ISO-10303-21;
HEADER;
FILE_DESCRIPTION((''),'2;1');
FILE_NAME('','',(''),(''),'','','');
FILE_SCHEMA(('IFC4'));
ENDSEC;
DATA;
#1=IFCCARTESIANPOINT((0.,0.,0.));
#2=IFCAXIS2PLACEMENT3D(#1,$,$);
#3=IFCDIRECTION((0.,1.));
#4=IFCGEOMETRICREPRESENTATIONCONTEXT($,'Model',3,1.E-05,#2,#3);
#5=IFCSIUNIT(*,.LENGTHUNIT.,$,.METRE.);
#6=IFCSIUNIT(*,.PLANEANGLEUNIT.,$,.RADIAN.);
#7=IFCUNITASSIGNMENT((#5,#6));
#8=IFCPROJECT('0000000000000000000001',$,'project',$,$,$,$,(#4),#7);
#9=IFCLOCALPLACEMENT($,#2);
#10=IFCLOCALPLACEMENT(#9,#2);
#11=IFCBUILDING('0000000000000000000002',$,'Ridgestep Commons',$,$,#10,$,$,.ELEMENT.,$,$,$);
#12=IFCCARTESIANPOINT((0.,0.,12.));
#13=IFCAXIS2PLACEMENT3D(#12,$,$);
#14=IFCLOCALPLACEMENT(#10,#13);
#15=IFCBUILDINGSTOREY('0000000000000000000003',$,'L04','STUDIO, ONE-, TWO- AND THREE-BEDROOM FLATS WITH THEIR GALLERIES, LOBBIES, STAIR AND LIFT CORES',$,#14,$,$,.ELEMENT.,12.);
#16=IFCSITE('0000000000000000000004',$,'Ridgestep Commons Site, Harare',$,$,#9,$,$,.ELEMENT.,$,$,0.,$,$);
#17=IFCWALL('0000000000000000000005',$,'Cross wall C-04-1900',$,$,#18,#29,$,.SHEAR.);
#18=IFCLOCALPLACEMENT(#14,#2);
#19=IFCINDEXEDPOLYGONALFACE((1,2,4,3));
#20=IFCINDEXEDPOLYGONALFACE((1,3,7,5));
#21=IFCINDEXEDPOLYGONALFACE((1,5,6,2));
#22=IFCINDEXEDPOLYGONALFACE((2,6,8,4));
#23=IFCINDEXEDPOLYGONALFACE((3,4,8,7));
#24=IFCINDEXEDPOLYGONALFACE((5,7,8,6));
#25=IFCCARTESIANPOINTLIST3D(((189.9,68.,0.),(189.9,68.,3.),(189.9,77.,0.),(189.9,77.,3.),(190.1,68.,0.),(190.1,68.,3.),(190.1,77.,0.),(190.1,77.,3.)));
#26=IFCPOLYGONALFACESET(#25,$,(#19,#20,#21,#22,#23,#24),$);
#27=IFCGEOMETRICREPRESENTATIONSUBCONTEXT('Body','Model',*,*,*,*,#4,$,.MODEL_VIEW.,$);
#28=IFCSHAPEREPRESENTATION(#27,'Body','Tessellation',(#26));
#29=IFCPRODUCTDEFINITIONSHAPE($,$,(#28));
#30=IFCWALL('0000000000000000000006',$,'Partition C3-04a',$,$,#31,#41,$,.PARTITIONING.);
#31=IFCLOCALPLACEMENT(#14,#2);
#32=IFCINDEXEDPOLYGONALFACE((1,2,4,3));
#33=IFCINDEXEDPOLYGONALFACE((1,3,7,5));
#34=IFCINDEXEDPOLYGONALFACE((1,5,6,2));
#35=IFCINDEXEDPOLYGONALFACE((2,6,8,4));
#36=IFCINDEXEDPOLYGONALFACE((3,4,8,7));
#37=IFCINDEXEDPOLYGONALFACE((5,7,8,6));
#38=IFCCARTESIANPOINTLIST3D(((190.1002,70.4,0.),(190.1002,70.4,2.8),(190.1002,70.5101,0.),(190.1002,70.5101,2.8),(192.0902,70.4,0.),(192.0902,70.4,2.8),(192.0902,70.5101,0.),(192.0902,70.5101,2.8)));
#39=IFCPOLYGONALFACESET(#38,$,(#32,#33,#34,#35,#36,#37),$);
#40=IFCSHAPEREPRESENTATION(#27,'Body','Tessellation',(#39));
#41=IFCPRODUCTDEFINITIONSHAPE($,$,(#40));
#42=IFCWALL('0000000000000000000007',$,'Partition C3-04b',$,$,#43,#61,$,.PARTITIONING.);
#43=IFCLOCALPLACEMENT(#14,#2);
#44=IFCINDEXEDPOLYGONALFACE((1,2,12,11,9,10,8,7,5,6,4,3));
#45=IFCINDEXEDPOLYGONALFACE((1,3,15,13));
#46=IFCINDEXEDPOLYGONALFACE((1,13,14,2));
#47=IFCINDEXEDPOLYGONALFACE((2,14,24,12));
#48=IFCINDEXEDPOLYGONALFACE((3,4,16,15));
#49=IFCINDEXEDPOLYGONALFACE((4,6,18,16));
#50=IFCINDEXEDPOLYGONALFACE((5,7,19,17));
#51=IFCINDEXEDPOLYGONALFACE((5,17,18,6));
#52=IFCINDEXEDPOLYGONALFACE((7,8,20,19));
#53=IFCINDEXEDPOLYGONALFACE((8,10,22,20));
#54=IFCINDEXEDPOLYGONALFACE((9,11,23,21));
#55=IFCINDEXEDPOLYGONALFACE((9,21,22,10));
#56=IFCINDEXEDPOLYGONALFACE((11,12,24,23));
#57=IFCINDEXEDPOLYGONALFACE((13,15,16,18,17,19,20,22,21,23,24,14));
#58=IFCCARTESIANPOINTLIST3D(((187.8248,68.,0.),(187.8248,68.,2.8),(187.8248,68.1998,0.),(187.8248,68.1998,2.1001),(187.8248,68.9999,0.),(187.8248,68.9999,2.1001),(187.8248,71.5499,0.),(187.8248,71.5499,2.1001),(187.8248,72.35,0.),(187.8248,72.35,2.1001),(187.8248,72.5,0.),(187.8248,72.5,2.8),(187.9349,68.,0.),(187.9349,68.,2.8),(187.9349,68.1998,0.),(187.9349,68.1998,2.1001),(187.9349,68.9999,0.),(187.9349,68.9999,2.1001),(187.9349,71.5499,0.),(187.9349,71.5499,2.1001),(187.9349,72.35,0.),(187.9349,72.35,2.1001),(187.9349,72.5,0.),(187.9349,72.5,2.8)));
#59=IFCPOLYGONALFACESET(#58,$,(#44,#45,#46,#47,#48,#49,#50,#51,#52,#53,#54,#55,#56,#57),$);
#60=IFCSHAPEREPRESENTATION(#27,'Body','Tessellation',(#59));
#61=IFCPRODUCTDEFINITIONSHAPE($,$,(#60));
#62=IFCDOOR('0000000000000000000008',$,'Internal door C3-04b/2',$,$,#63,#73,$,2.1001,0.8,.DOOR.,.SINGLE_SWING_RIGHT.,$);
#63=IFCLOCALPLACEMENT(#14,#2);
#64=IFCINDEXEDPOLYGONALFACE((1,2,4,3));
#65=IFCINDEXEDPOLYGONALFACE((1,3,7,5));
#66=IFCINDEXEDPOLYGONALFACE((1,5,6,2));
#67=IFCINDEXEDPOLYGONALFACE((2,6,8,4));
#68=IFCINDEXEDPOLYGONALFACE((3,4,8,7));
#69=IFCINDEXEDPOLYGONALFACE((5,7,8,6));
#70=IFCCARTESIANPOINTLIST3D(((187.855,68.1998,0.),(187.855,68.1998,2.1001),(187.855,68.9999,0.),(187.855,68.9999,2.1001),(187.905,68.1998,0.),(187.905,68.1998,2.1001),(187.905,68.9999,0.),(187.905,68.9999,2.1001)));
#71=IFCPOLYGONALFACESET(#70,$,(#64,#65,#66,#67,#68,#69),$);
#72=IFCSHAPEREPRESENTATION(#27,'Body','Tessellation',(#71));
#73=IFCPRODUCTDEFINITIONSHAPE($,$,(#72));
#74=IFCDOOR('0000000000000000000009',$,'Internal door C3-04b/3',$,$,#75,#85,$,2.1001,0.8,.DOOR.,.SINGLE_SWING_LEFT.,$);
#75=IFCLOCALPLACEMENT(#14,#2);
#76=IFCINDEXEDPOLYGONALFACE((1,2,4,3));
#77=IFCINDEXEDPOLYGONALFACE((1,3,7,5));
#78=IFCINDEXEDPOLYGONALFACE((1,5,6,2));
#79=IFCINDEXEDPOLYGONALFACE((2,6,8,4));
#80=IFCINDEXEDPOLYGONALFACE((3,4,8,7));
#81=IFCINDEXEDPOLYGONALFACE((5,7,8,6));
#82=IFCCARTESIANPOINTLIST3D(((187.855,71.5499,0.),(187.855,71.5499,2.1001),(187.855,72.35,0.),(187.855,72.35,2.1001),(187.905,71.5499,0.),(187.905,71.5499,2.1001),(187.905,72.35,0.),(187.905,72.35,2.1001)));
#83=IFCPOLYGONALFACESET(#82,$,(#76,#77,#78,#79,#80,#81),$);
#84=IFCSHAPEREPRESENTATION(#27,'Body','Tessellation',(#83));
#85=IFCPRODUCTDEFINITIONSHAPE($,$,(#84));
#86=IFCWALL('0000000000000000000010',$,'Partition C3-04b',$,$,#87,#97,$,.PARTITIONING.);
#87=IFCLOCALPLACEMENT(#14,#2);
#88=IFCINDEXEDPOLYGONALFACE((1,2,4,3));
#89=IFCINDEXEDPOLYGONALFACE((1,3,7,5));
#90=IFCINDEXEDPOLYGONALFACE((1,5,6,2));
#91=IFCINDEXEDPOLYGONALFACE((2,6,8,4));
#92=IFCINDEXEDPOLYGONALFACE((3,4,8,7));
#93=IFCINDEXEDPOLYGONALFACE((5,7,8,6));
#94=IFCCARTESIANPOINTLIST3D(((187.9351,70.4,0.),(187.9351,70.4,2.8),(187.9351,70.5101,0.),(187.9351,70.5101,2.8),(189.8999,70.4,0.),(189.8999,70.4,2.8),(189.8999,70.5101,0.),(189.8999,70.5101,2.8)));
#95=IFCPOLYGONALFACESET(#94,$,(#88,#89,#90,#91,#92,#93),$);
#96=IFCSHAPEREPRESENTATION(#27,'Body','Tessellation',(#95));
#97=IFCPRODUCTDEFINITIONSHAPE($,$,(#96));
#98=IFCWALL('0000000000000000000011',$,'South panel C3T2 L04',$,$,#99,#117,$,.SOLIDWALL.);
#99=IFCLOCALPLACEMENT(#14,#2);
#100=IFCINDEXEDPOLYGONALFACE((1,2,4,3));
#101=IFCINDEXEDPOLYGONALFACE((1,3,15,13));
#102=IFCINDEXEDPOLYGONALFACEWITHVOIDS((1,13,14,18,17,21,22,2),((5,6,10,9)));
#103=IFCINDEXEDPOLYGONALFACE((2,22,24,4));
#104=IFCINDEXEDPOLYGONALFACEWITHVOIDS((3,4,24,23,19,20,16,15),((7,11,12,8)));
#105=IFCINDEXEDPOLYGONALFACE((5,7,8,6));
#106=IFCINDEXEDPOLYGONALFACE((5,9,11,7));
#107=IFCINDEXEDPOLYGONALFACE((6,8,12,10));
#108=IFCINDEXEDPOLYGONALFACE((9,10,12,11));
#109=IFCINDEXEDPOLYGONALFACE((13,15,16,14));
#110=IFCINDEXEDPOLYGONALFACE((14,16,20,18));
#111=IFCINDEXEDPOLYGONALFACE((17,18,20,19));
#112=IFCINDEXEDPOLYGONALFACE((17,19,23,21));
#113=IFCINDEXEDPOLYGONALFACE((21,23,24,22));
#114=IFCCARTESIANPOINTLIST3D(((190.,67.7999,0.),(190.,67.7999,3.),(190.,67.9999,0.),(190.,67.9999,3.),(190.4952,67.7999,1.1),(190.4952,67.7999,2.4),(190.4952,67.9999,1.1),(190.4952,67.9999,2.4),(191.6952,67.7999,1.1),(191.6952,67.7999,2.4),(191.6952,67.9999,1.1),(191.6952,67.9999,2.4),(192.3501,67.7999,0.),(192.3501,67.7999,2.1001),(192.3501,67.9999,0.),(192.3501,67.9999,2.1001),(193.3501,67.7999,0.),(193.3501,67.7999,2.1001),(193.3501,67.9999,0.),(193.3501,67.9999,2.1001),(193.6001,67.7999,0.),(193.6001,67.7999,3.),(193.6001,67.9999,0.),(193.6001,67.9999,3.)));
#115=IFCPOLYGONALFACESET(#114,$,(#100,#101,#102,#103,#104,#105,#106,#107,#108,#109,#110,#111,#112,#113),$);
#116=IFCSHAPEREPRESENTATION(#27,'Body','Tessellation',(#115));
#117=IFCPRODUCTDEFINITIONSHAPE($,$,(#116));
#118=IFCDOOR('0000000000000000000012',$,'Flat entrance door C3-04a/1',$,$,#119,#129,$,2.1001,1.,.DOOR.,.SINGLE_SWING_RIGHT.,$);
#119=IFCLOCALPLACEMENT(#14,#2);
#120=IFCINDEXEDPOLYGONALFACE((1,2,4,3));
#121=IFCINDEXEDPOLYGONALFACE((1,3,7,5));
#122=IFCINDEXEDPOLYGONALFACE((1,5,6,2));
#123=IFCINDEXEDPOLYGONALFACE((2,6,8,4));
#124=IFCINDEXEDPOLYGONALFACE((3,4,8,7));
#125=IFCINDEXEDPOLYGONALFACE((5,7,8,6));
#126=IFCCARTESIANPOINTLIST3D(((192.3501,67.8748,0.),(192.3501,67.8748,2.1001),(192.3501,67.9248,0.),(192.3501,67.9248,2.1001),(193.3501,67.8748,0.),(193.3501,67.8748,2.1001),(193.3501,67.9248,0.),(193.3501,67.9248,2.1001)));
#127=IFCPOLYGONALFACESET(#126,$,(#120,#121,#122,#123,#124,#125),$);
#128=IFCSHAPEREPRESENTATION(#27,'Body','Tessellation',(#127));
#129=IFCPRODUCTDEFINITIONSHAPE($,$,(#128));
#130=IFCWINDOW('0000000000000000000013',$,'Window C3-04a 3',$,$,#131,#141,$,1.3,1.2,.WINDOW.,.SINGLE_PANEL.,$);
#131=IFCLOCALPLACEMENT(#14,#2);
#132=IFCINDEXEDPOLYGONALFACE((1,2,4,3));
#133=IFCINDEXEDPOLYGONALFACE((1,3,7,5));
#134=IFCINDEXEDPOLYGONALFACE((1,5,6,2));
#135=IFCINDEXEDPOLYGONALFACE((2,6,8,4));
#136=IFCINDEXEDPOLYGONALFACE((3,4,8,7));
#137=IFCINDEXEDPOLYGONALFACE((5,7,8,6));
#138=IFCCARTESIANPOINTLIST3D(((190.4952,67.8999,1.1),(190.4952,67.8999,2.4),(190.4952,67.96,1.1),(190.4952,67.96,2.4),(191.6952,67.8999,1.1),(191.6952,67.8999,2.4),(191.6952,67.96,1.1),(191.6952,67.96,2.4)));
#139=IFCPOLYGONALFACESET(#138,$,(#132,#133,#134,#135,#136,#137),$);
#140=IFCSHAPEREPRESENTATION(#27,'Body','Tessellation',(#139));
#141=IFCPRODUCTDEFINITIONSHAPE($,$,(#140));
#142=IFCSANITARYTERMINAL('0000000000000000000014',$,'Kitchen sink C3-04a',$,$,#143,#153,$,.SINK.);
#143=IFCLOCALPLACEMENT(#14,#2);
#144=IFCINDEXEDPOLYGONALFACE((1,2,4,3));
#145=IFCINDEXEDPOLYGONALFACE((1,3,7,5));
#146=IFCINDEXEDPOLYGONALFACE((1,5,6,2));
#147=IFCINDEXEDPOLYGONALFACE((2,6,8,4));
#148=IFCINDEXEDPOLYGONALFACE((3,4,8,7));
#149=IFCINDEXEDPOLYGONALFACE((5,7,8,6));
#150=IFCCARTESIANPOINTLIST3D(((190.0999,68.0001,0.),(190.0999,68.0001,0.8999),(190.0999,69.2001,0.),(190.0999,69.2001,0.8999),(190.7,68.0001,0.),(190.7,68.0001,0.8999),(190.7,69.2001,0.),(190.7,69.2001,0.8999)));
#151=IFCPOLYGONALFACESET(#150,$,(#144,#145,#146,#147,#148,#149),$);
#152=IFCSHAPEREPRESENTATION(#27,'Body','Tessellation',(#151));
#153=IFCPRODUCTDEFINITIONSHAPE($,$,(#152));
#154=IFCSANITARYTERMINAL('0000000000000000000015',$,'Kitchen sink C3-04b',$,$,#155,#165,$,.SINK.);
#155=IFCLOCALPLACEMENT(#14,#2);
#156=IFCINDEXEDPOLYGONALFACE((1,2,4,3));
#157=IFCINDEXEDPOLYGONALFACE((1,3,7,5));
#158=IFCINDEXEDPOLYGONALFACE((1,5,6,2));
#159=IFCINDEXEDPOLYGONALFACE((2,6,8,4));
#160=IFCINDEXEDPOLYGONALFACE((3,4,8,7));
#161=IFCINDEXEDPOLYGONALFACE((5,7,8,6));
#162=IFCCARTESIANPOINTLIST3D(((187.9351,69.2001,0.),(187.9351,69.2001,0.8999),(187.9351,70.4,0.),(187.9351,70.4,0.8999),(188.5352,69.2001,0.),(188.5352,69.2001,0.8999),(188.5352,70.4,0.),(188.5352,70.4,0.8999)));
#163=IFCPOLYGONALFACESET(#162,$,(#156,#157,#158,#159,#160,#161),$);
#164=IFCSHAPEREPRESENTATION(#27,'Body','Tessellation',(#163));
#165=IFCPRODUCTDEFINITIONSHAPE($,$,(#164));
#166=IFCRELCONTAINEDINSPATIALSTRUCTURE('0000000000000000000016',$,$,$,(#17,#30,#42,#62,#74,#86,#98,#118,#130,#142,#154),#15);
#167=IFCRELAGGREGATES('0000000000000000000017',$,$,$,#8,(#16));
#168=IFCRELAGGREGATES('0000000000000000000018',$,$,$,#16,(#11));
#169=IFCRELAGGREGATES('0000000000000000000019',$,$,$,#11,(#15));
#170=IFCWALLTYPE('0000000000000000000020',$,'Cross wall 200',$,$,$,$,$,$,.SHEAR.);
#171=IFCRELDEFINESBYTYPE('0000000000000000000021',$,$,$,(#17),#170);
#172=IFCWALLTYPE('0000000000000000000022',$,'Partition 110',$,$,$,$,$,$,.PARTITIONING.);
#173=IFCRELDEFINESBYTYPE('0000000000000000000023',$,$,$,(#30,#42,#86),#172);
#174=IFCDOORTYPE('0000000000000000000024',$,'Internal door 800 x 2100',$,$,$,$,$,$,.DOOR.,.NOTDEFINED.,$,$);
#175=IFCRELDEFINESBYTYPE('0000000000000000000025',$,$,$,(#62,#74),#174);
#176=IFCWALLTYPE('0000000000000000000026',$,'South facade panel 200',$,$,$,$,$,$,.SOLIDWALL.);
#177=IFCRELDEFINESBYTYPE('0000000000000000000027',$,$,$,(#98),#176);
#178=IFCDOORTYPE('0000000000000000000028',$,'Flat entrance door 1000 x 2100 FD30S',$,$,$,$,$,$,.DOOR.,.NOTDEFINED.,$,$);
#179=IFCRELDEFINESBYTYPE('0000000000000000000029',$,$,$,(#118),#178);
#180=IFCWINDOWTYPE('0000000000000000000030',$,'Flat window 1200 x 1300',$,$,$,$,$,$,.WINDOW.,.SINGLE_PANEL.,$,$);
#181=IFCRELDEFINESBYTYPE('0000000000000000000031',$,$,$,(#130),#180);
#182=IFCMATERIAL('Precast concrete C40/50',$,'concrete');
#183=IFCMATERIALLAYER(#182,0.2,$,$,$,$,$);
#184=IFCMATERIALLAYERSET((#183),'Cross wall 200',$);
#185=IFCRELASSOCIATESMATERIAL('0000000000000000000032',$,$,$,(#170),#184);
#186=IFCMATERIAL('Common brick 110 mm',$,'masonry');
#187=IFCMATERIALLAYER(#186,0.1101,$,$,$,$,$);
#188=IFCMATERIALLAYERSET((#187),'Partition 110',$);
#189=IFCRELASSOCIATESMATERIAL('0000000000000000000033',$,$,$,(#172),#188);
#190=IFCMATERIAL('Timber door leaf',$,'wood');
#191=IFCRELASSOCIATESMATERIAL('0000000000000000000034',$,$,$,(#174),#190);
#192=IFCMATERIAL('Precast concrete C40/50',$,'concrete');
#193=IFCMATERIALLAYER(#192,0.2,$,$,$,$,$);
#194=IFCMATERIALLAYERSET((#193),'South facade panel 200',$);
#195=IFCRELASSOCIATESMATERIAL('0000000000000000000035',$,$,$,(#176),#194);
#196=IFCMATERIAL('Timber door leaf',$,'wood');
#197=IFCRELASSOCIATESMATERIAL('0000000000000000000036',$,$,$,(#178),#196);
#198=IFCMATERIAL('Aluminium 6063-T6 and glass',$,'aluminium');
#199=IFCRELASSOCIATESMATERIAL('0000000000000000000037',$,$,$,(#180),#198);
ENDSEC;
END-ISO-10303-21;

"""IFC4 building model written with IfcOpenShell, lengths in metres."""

from ifc_helpers import new_model, si_unit, direction, frame, frame_2d, origin, origin_2d, place, context, subcontext, project, spatial, rectangle, extrude, material, layer, layer_set, type_object, element, fill, save


model = new_model("IFC4")

# Units and contexts
model_context = context("Model", 3, precision=1e-05, world=origin(), true_north=direction((0.0, 1.0)))
body_context = subcontext(model_context, "Body", "Model", "MODEL_VIEW")
ifc_project = project(units=[si_unit("LENGTHUNIT", "METRE"), si_unit("PLANEANGLEUNIT", "RADIAN")], contexts=[model_context])

# Site, building, storey
site_placement = place(None, origin())
site = spatial("IfcSite", under=ifc_project, at=site_placement, Name="Ridgestep Commons Site, Harare", CompositionType="ELEMENT", RefElevation=0.0)
building_placement = place(site_placement, origin())
building = spatial("IfcBuilding", under=site, at=building_placement, Name="Ridgestep Commons", CompositionType="ELEMENT")
storey_placement = place(building_placement, frame((0.0, 0.0, 12.0)))
storey = spatial("IfcBuildingStorey", under=building, at=storey_placement, Name="L04", Description="STUDIO, ONE-, TWO- AND THREE-BEDROOM FLATS WITH THEIR GALLERIES, LOBBIES, STAIR AND LIFT CORES", CompositionType="ELEMENT", Elevation=12.0)

# Walls
ifc_material_1 = material(Name="Precast concrete C40/50", Category="concrete")
ifc_layer_1 = layer(ifc_material_1, 0.2)
ifc_layer_set_1 = layer_set([ifc_layer_1], Name="Cross wall 200")
wall_type_1 = type_object("IfcWallType", Name="Cross wall 200", PredefinedType="SHEAR", material=ifc_layer_set_1)
wall_1_placement = place(storey_placement, frame((190.0, 68.0, 0.0), z_axis=(0.0, 0.0, 1.0), x_axis=(0.0, 1.0, 0.0)))
element("IfcWall", 1, at=wall_1_placement, inside=storey, type_object=wall_type_1, Name="Cross wall C-04-1900", PredefinedType="SHEAR", context=body_context, shape_type="SweptSolid", body=[
    extrude(rectangle(XDim=9.0, YDim=0.2, at=frame_2d((4.5, 0.0))), origin(), (0.0, 0.0, 1.0), 3.0),
])
ifc_material_2 = material(Name="Common brick 110 mm", Category="masonry")
ifc_layer_2 = layer(ifc_material_2, 0.1101)
ifc_layer_set_2 = layer_set([ifc_layer_2], Name="Partition 110")
wall_type_2 = type_object("IfcWallType", Name="Partition 110", PredefinedType="PARTITIONING", material=ifc_layer_set_2)
wall_2_placement = place(storey_placement, frame((190.1001, 70.4551, 0.0), z_axis=(0.0, 0.0, 1.0), x_axis=(1.0, 0.0, 0.0)))
element("IfcWall", 2, at=wall_2_placement, inside=storey, type_object=wall_type_2, Name="Partition C3-04a", PredefinedType="PARTITIONING", context=body_context, shape_type="SweptSolid", body=[
    extrude(rectangle(XDim=1.99, YDim=0.1101, at=frame_2d((0.9951, 0.0))), origin(), (0.0, 0.0, 1.0), 2.8),
])

# Wall, openings, doors
wall_3_placement = place(storey_placement, frame((187.8799, 68.0, 0.0), z_axis=(0.0, 0.0, 1.0), x_axis=(0.0, 1.0, 0.0)))
wall_3 = element("IfcWall", 3, at=wall_3_placement, inside=storey, type_object=wall_type_2, Name="Partition C3-04b", PredefinedType="PARTITIONING", context=body_context, shape_type="SweptSolid", body=[
    extrude(rectangle(XDim=4.5, YDim=0.1101, at=frame_2d((2.25, 0.0))), origin(), (0.0, 0.0, 1.0), 2.8),
])
opening_1_placement = place(wall_3_placement, frame((0.2, 0.0, 0.0)))
opening_1 = element("IfcOpeningElement", 4, at=opening_1_placement, cuts=wall_3, PredefinedType="OPENING", context=body_context, shape_type="SweptSolid", body=[
    extrude(rectangle(XDim=0.8, YDim=2.1001, at=frame_2d((0.3999, 1.05))), frame((0.0, 0.0649, 0.0), z_axis=(0.0, -1.0, 0.0), x_axis=(1.0, 0.0, 0.0)), (0.0, 0.0, 1.0), 0.1301),
])
opening_2_placement = place(wall_3_placement, frame((3.55, 0.0, 0.0)))
opening_2 = element("IfcOpeningElement", 5, at=opening_2_placement, cuts=wall_3, PredefinedType="OPENING", context=body_context, shape_type="SweptSolid", body=[
    extrude(rectangle(XDim=0.8, YDim=2.1001, at=frame_2d((0.3999, 1.05))), frame((0.0, 0.0649, 0.0), z_axis=(0.0, -1.0, 0.0), x_axis=(1.0, 0.0, 0.0)), (0.0, 0.0, 1.0), 0.1301),
])
ifc_material_3 = material(Name="Timber door leaf", Category="wood")
door_type_1 = type_object("IfcDoorType", Name="Internal door 800 x 2100", OperationType="NOTDEFINED", PredefinedType="DOOR", material=ifc_material_3)
door_1_placement = place(opening_1_placement, origin())
door_1 = element("IfcDoor", 6, at=door_1_placement, inside=storey, type_object=door_type_1, Name="Internal door C3-04b/2", OperationType="SINGLE_SWING_RIGHT", OverallHeight=2.1001, OverallWidth=0.8, PredefinedType="DOOR", context=body_context, shape_type="SweptSolid", body=[
    extrude(rectangle(XDim=0.8, YDim=2.1001, at=frame_2d((0.3999, 1.05))), frame((0.0, 0.0249, 0.0), z_axis=(0.0, -1.0, 0.0), x_axis=(1.0, 0.0, 0.0)), (0.0, 0.0, 1.0), 0.05),
])
fill(opening_1, door_1)
door_2_placement = place(opening_2_placement, origin())
door_2 = element("IfcDoor", 7, at=door_2_placement, inside=storey, type_object=door_type_1, Name="Internal door C3-04b/3", OperationType="SINGLE_SWING_LEFT", OverallHeight=2.1001, OverallWidth=0.8, PredefinedType="DOOR", context=body_context, shape_type="SweptSolid", body=[
    extrude(rectangle(XDim=0.8, YDim=2.1001, at=frame_2d((0.3999, 1.05))), frame((0.0, 0.0249, 0.0), z_axis=(0.0, -1.0, 0.0), x_axis=(1.0, 0.0, 0.0)), (0.0, 0.0, 1.0), 0.05),
])
fill(opening_2, door_2)

# Wall
wall_4_placement = place(storey_placement, frame((187.9351, 70.4551, 0.0), z_axis=(0.0, 0.0, 1.0), x_axis=(1.0, 0.0, 0.0)))
element("IfcWall", 8, at=wall_4_placement, inside=storey, type_object=wall_type_2, Name="Partition C3-04b", PredefinedType="PARTITIONING", context=body_context, shape_type="SweptSolid", body=[
    extrude(rectangle(XDim=1.9648, YDim=0.1101, at=frame_2d((0.9824, 0.0))), origin(), (0.0, 0.0, 1.0), 2.8),
])

# Wall, openings, door, window
ifc_material_4 = material(Name="Precast concrete C40/50", Category="concrete")
ifc_layer_3 = layer(ifc_material_4, 0.2)
ifc_layer_set_3 = layer_set([ifc_layer_3], Name="South facade panel 200")
wall_type_3 = type_object("IfcWallType", Name="South facade panel 200", PredefinedType="SOLIDWALL", material=ifc_layer_set_3)
wall_5_placement = place(storey_placement, frame((190.0, 67.8999, 0.0), z_axis=(0.0, 0.0, 1.0), x_axis=(1.0, 0.0, 0.0)))
wall_5 = element("IfcWall", 9, at=wall_5_placement, inside=storey, type_object=wall_type_3, Name="South panel C3T2 L04", PredefinedType="SOLIDWALL", context=body_context, shape_type="SweptSolid", body=[
    extrude(rectangle(XDim=3.6001, YDim=0.2, at=frame_2d((1.8, 0.0))), origin(), (0.0, 0.0, 1.0), 3.0),
])
opening_3_placement = place(wall_5_placement, frame((0.4951, 0.0, 1.1001)))
opening_3 = element("IfcOpeningElement", 10, at=opening_3_placement, cuts=wall_5, PredefinedType="OPENING", context=body_context, shape_type="SweptSolid", body=[
    extrude(rectangle(XDim=1.2, YDim=1.3, at=frame_2d((0.6001, 0.6499))), frame((0.0, 0.1099, 0.0), z_axis=(0.0, -1.0, 0.0), x_axis=(1.0, 0.0, 0.0)), (0.0, 0.0, 1.0), 0.22),
])
opening_4_placement = place(wall_5_placement, frame((2.3501, 0.0, 0.0)))
opening_4 = element("IfcOpeningElement", 11, at=opening_4_placement, cuts=wall_5, PredefinedType="OPENING", context=body_context, shape_type="SweptSolid", body=[
    extrude(rectangle(XDim=1.0, YDim=2.1001, at=frame_2d((0.5, 1.05))), frame((0.0, 0.1099, 0.0), z_axis=(0.0, -1.0, 0.0), x_axis=(1.0, 0.0, 0.0)), (0.0, 0.0, 1.0), 0.22),
])
ifc_material_5 = material(Name="Timber door leaf", Category="wood")
door_type_2 = type_object("IfcDoorType", Name="Flat entrance door 1000 x 2100 FD30S", OperationType="NOTDEFINED", PredefinedType="DOOR", material=ifc_material_5)
door_3_placement = place(opening_4_placement, origin())
door_3 = element("IfcDoor", 12, at=door_3_placement, inside=storey, type_object=door_type_2, Name="Flat entrance door C3-04a/1", OperationType="SINGLE_SWING_RIGHT", OverallHeight=2.1001, OverallWidth=1.0, PredefinedType="DOOR", context=body_context, shape_type="SweptSolid", body=[
    extrude(rectangle(XDim=1.0, YDim=2.1001, at=frame_2d((0.5, 1.05))), frame((0.0, 0.0249, 0.0), z_axis=(0.0, -1.0, 0.0), x_axis=(1.0, 0.0, 0.0)), (0.0, 0.0, 1.0), 0.05),
])
fill(opening_4, door_3)
ifc_material_6 = material(Name="Aluminium 6063-T6 and glass", Category="aluminium")
window_type = type_object("IfcWindowType", Name="Flat window 1200 x 1300", PartitioningType="SINGLE_PANEL", PredefinedType="WINDOW", material=ifc_material_6)
window_placement = place(opening_3_placement, origin())
window = element("IfcWindow", 13, at=window_placement, inside=storey, type_object=window_type, Name="Window C3-04a 3", OverallHeight=1.3, OverallWidth=1.2, PartitioningType="SINGLE_PANEL", PredefinedType="WINDOW", context=body_context, shape_type="SweptSolid", body=[
    extrude(rectangle(XDim=1.2, YDim=1.3, at=frame_2d((0.6001, 0.6499))), frame((0.0, 0.0601, 0.0), z_axis=(0.0, -1.0, 0.0), x_axis=(1.0, 0.0, 0.0)), (0.0, 0.0, 1.0), 0.0601),
])
fill(opening_3, window)

# Sanitary terminals
for number, where, z_axis, x_axis, name in (
    (14, (190.3999, 68.6001, 0.0), (0.0, 0.0, 1.0), (1.0, 0.0, 0.0), "Kitchen sink C3-04a"),
    (15, (188.2351, 69.8, 0.0), (0.0, 0.0, 1.0), (1.0, 0.0, 0.0), "Kitchen sink C3-04b"),
):
    element("IfcSanitaryTerminal", number, at=place(storey_placement, frame(where, z_axis=z_axis, x_axis=x_axis)), inside=storey, Name=name, PredefinedType="SINK", context=body_context, shape_type="SweptSolid", body=[
        extrude(rectangle(XDim=0.6001, YDim=1.2, at=origin_2d()), origin(), (0.0, 0.0, 1.0), 0.8999),
    ])

save(model, "model.ifc")
